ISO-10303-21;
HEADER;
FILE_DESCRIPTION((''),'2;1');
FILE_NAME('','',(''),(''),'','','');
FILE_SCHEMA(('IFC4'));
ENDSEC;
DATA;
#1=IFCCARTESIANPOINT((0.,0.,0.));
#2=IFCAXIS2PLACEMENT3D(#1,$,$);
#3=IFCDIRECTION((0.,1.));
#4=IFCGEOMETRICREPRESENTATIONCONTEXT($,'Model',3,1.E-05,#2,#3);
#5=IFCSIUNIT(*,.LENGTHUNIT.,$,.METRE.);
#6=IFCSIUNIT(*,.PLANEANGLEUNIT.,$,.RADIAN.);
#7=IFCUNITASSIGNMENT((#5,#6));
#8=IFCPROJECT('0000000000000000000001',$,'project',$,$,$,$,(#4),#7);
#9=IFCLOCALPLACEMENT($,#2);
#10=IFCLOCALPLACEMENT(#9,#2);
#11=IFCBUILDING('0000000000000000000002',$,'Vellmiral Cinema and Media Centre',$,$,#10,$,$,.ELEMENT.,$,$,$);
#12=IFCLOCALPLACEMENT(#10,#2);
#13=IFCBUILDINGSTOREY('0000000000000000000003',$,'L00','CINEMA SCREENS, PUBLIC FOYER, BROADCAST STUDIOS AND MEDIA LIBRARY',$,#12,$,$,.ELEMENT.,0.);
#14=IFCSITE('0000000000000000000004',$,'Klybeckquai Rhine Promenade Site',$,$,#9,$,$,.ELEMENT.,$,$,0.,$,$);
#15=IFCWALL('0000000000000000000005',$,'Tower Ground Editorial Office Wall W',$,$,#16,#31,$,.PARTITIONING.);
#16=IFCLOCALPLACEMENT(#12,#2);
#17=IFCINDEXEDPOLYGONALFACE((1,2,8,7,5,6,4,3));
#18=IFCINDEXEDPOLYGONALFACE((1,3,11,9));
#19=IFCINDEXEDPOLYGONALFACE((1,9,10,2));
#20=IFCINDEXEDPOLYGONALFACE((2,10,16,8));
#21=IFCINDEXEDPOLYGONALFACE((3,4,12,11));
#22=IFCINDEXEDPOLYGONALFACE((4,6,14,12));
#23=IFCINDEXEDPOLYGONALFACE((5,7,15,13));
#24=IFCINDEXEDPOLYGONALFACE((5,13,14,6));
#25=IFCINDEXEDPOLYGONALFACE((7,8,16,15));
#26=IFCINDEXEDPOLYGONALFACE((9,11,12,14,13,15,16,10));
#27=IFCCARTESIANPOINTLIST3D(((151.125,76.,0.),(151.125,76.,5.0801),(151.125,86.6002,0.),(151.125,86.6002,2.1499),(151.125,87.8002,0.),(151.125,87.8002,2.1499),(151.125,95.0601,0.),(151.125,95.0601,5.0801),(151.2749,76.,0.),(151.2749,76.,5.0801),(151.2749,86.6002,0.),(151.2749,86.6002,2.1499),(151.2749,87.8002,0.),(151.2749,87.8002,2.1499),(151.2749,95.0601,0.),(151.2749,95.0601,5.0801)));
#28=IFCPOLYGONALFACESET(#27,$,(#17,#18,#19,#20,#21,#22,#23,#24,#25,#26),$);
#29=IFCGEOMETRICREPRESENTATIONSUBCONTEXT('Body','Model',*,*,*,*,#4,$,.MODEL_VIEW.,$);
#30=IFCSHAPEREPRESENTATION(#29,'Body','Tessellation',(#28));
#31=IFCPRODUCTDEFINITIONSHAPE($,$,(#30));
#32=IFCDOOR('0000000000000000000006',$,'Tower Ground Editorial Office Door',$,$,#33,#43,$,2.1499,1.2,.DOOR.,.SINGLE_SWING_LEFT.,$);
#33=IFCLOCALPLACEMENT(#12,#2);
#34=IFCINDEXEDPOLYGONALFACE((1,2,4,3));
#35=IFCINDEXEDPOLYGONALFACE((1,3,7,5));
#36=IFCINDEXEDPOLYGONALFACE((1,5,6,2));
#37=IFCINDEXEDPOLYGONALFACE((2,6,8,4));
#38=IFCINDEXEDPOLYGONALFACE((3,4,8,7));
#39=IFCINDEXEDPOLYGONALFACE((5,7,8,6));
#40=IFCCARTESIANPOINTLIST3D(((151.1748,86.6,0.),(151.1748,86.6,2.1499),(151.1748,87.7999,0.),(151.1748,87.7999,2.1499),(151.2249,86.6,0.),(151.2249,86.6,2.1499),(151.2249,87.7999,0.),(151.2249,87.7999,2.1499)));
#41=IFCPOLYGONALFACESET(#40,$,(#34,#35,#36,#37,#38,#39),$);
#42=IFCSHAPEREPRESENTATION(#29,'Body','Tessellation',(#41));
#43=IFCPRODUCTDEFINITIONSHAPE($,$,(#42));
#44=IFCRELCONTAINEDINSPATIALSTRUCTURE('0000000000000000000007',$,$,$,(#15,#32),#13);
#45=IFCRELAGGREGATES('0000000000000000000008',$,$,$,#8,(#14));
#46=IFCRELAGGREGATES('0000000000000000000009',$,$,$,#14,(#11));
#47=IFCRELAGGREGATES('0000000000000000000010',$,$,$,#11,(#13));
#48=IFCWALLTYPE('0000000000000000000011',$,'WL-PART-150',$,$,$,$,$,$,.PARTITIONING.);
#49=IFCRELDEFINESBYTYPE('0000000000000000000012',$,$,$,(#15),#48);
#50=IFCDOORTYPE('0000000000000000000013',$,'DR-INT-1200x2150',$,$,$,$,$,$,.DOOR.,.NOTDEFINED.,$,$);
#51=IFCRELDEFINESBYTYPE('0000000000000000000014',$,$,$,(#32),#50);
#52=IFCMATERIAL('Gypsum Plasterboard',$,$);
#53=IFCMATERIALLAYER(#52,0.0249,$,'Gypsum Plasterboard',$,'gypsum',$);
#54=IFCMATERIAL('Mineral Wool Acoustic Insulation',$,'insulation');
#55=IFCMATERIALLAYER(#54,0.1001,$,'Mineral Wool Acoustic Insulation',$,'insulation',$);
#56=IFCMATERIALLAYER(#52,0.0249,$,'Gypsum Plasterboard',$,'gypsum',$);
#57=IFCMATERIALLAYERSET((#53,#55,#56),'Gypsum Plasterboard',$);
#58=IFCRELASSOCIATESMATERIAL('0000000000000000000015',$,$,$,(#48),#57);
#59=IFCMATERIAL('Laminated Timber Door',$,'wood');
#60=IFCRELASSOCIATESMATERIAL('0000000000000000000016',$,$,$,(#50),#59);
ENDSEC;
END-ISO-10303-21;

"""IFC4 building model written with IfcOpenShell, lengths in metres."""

from ifc_helpers import new_model, si_unit, direction, frame, frame_2d, origin, place, context, subcontext, project, spatial, rectangle, extrude, material, layer, layer_set, type_object, element, fill, save


model = new_model("IFC4")

# Units and contexts
model_context = context("Model", 3, precision=1e-05, world=origin(), true_north=direction((0.0, 1.0)))
body_context = subcontext(model_context, "Body", "Model", "MODEL_VIEW")
ifc_project = project(units=[si_unit("LENGTHUNIT", "METRE"), si_unit("PLANEANGLEUNIT", "RADIAN")], contexts=[model_context])

# Site, building, storey
site_placement = place(None, origin())
site = spatial("IfcSite", under=ifc_project, at=site_placement, Name="Klybeckquai Rhine Promenade Site", CompositionType="ELEMENT", RefElevation=0.0)
building_placement = place(site_placement, origin())
building = spatial("IfcBuilding", under=site, at=building_placement, Name="Vellmiral Cinema and Media Centre", CompositionType="ELEMENT")
storey_placement = place(building_placement, origin())
storey = spatial("IfcBuildingStorey", under=building, at=storey_placement, Name="L00", Description="CINEMA SCREENS, PUBLIC FOYER, BROADCAST STUDIOS AND MEDIA LIBRARY", CompositionType="ELEMENT", Elevation=0.0)

# Wall, opening, door
ifc_material_1 = material(Name="Gypsum Plasterboard")
ifc_layer_1 = layer(ifc_material_1, 0.0249, Name="Gypsum Plasterboard", Category="gypsum")
ifc_material_2 = material(Name="Mineral Wool Acoustic Insulation", Category="insulation")
ifc_layer_2 = layer(ifc_material_2, 0.1001, Name="Mineral Wool Acoustic Insulation", Category="insulation")
ifc_layer_3 = layer(ifc_material_1, 0.0249, Name="Gypsum Plasterboard", Category="gypsum")
ifc_layer_set_1 = layer_set([ifc_layer_1, ifc_layer_2, ifc_layer_3], Name="Gypsum Plasterboard")
wall_type_1 = type_object("IfcWallType", Name="WL-PART-150", PredefinedType="PARTITIONING", material=ifc_layer_set_1)
wall_1_placement = place(storey_placement, frame((151.2, 76.0, 0.0), z_axis=(0.0, 0.0, 1.0), x_axis=(0.0, 1.0, 0.0)))
wall_1 = element("IfcWall", 1, at=wall_1_placement, inside=storey, type_object=wall_type_1, Name="Tower Ground Editorial Office Wall W", PredefinedType="PARTITIONING", context=body_context, shape_type="SweptSolid", body=[
    extrude(rectangle(XDim=19.0601, YDim=0.1499, at=frame_2d((9.53, 0.0))), origin(), (0.0, 0.0, 1.0), 5.0801),
])
opening_1_placement = place(wall_1_placement, frame((10.6001, 0.0, 0.0)))
opening_1 = element("IfcOpeningElement", 2, at=opening_1_placement, cuts=wall_1, PredefinedType="OPENING", context=body_context, shape_type="SweptSolid", body=[
    extrude(rectangle(XDim=1.2, YDim=2.1499, at=frame_2d((0.6001, 1.075))), frame((0.0, 0.0869, 0.0), z_axis=(0.0, -1.0, 0.0), x_axis=(1.0, 0.0, 0.0)), (0.0, 0.0, 1.0), 0.1738),
])
ifc_material_3 = material(Name="Laminated Timber Door", Category="wood")
door_type_1 = type_object("IfcDoorType", Name="DR-INT-1200x2150", OperationType="NOTDEFINED", PredefinedType="DOOR", material=ifc_material_3)
door_1_placement = place(opening_1_placement, frame((1.2, 0.0, 0.0), z_axis=(0.0, 0.0, 1.0), x_axis=(-1.0, 0.0, 0.0)))
door_1 = element("IfcDoor", 3, at=door_1_placement, inside=storey, type_object=door_type_1, Name="Tower Ground Editorial Office Door", OperationType="SINGLE_SWING_LEFT", OverallHeight=2.1499, OverallWidth=1.2, PredefinedType="DOOR", context=body_context, shape_type="SweptSolid", body=[
    extrude(rectangle(XDim=1.2, YDim=2.1499, at=frame_2d((0.6001, 1.075))), frame((0.0, 0.0249, 0.0), z_axis=(0.0, -1.0, 0.0), x_axis=(1.0, 0.0, 0.0)), (0.0, 0.0, 1.0), 0.05),
])
fill(opening_1, door_1)

save(model, "model.ifc")
